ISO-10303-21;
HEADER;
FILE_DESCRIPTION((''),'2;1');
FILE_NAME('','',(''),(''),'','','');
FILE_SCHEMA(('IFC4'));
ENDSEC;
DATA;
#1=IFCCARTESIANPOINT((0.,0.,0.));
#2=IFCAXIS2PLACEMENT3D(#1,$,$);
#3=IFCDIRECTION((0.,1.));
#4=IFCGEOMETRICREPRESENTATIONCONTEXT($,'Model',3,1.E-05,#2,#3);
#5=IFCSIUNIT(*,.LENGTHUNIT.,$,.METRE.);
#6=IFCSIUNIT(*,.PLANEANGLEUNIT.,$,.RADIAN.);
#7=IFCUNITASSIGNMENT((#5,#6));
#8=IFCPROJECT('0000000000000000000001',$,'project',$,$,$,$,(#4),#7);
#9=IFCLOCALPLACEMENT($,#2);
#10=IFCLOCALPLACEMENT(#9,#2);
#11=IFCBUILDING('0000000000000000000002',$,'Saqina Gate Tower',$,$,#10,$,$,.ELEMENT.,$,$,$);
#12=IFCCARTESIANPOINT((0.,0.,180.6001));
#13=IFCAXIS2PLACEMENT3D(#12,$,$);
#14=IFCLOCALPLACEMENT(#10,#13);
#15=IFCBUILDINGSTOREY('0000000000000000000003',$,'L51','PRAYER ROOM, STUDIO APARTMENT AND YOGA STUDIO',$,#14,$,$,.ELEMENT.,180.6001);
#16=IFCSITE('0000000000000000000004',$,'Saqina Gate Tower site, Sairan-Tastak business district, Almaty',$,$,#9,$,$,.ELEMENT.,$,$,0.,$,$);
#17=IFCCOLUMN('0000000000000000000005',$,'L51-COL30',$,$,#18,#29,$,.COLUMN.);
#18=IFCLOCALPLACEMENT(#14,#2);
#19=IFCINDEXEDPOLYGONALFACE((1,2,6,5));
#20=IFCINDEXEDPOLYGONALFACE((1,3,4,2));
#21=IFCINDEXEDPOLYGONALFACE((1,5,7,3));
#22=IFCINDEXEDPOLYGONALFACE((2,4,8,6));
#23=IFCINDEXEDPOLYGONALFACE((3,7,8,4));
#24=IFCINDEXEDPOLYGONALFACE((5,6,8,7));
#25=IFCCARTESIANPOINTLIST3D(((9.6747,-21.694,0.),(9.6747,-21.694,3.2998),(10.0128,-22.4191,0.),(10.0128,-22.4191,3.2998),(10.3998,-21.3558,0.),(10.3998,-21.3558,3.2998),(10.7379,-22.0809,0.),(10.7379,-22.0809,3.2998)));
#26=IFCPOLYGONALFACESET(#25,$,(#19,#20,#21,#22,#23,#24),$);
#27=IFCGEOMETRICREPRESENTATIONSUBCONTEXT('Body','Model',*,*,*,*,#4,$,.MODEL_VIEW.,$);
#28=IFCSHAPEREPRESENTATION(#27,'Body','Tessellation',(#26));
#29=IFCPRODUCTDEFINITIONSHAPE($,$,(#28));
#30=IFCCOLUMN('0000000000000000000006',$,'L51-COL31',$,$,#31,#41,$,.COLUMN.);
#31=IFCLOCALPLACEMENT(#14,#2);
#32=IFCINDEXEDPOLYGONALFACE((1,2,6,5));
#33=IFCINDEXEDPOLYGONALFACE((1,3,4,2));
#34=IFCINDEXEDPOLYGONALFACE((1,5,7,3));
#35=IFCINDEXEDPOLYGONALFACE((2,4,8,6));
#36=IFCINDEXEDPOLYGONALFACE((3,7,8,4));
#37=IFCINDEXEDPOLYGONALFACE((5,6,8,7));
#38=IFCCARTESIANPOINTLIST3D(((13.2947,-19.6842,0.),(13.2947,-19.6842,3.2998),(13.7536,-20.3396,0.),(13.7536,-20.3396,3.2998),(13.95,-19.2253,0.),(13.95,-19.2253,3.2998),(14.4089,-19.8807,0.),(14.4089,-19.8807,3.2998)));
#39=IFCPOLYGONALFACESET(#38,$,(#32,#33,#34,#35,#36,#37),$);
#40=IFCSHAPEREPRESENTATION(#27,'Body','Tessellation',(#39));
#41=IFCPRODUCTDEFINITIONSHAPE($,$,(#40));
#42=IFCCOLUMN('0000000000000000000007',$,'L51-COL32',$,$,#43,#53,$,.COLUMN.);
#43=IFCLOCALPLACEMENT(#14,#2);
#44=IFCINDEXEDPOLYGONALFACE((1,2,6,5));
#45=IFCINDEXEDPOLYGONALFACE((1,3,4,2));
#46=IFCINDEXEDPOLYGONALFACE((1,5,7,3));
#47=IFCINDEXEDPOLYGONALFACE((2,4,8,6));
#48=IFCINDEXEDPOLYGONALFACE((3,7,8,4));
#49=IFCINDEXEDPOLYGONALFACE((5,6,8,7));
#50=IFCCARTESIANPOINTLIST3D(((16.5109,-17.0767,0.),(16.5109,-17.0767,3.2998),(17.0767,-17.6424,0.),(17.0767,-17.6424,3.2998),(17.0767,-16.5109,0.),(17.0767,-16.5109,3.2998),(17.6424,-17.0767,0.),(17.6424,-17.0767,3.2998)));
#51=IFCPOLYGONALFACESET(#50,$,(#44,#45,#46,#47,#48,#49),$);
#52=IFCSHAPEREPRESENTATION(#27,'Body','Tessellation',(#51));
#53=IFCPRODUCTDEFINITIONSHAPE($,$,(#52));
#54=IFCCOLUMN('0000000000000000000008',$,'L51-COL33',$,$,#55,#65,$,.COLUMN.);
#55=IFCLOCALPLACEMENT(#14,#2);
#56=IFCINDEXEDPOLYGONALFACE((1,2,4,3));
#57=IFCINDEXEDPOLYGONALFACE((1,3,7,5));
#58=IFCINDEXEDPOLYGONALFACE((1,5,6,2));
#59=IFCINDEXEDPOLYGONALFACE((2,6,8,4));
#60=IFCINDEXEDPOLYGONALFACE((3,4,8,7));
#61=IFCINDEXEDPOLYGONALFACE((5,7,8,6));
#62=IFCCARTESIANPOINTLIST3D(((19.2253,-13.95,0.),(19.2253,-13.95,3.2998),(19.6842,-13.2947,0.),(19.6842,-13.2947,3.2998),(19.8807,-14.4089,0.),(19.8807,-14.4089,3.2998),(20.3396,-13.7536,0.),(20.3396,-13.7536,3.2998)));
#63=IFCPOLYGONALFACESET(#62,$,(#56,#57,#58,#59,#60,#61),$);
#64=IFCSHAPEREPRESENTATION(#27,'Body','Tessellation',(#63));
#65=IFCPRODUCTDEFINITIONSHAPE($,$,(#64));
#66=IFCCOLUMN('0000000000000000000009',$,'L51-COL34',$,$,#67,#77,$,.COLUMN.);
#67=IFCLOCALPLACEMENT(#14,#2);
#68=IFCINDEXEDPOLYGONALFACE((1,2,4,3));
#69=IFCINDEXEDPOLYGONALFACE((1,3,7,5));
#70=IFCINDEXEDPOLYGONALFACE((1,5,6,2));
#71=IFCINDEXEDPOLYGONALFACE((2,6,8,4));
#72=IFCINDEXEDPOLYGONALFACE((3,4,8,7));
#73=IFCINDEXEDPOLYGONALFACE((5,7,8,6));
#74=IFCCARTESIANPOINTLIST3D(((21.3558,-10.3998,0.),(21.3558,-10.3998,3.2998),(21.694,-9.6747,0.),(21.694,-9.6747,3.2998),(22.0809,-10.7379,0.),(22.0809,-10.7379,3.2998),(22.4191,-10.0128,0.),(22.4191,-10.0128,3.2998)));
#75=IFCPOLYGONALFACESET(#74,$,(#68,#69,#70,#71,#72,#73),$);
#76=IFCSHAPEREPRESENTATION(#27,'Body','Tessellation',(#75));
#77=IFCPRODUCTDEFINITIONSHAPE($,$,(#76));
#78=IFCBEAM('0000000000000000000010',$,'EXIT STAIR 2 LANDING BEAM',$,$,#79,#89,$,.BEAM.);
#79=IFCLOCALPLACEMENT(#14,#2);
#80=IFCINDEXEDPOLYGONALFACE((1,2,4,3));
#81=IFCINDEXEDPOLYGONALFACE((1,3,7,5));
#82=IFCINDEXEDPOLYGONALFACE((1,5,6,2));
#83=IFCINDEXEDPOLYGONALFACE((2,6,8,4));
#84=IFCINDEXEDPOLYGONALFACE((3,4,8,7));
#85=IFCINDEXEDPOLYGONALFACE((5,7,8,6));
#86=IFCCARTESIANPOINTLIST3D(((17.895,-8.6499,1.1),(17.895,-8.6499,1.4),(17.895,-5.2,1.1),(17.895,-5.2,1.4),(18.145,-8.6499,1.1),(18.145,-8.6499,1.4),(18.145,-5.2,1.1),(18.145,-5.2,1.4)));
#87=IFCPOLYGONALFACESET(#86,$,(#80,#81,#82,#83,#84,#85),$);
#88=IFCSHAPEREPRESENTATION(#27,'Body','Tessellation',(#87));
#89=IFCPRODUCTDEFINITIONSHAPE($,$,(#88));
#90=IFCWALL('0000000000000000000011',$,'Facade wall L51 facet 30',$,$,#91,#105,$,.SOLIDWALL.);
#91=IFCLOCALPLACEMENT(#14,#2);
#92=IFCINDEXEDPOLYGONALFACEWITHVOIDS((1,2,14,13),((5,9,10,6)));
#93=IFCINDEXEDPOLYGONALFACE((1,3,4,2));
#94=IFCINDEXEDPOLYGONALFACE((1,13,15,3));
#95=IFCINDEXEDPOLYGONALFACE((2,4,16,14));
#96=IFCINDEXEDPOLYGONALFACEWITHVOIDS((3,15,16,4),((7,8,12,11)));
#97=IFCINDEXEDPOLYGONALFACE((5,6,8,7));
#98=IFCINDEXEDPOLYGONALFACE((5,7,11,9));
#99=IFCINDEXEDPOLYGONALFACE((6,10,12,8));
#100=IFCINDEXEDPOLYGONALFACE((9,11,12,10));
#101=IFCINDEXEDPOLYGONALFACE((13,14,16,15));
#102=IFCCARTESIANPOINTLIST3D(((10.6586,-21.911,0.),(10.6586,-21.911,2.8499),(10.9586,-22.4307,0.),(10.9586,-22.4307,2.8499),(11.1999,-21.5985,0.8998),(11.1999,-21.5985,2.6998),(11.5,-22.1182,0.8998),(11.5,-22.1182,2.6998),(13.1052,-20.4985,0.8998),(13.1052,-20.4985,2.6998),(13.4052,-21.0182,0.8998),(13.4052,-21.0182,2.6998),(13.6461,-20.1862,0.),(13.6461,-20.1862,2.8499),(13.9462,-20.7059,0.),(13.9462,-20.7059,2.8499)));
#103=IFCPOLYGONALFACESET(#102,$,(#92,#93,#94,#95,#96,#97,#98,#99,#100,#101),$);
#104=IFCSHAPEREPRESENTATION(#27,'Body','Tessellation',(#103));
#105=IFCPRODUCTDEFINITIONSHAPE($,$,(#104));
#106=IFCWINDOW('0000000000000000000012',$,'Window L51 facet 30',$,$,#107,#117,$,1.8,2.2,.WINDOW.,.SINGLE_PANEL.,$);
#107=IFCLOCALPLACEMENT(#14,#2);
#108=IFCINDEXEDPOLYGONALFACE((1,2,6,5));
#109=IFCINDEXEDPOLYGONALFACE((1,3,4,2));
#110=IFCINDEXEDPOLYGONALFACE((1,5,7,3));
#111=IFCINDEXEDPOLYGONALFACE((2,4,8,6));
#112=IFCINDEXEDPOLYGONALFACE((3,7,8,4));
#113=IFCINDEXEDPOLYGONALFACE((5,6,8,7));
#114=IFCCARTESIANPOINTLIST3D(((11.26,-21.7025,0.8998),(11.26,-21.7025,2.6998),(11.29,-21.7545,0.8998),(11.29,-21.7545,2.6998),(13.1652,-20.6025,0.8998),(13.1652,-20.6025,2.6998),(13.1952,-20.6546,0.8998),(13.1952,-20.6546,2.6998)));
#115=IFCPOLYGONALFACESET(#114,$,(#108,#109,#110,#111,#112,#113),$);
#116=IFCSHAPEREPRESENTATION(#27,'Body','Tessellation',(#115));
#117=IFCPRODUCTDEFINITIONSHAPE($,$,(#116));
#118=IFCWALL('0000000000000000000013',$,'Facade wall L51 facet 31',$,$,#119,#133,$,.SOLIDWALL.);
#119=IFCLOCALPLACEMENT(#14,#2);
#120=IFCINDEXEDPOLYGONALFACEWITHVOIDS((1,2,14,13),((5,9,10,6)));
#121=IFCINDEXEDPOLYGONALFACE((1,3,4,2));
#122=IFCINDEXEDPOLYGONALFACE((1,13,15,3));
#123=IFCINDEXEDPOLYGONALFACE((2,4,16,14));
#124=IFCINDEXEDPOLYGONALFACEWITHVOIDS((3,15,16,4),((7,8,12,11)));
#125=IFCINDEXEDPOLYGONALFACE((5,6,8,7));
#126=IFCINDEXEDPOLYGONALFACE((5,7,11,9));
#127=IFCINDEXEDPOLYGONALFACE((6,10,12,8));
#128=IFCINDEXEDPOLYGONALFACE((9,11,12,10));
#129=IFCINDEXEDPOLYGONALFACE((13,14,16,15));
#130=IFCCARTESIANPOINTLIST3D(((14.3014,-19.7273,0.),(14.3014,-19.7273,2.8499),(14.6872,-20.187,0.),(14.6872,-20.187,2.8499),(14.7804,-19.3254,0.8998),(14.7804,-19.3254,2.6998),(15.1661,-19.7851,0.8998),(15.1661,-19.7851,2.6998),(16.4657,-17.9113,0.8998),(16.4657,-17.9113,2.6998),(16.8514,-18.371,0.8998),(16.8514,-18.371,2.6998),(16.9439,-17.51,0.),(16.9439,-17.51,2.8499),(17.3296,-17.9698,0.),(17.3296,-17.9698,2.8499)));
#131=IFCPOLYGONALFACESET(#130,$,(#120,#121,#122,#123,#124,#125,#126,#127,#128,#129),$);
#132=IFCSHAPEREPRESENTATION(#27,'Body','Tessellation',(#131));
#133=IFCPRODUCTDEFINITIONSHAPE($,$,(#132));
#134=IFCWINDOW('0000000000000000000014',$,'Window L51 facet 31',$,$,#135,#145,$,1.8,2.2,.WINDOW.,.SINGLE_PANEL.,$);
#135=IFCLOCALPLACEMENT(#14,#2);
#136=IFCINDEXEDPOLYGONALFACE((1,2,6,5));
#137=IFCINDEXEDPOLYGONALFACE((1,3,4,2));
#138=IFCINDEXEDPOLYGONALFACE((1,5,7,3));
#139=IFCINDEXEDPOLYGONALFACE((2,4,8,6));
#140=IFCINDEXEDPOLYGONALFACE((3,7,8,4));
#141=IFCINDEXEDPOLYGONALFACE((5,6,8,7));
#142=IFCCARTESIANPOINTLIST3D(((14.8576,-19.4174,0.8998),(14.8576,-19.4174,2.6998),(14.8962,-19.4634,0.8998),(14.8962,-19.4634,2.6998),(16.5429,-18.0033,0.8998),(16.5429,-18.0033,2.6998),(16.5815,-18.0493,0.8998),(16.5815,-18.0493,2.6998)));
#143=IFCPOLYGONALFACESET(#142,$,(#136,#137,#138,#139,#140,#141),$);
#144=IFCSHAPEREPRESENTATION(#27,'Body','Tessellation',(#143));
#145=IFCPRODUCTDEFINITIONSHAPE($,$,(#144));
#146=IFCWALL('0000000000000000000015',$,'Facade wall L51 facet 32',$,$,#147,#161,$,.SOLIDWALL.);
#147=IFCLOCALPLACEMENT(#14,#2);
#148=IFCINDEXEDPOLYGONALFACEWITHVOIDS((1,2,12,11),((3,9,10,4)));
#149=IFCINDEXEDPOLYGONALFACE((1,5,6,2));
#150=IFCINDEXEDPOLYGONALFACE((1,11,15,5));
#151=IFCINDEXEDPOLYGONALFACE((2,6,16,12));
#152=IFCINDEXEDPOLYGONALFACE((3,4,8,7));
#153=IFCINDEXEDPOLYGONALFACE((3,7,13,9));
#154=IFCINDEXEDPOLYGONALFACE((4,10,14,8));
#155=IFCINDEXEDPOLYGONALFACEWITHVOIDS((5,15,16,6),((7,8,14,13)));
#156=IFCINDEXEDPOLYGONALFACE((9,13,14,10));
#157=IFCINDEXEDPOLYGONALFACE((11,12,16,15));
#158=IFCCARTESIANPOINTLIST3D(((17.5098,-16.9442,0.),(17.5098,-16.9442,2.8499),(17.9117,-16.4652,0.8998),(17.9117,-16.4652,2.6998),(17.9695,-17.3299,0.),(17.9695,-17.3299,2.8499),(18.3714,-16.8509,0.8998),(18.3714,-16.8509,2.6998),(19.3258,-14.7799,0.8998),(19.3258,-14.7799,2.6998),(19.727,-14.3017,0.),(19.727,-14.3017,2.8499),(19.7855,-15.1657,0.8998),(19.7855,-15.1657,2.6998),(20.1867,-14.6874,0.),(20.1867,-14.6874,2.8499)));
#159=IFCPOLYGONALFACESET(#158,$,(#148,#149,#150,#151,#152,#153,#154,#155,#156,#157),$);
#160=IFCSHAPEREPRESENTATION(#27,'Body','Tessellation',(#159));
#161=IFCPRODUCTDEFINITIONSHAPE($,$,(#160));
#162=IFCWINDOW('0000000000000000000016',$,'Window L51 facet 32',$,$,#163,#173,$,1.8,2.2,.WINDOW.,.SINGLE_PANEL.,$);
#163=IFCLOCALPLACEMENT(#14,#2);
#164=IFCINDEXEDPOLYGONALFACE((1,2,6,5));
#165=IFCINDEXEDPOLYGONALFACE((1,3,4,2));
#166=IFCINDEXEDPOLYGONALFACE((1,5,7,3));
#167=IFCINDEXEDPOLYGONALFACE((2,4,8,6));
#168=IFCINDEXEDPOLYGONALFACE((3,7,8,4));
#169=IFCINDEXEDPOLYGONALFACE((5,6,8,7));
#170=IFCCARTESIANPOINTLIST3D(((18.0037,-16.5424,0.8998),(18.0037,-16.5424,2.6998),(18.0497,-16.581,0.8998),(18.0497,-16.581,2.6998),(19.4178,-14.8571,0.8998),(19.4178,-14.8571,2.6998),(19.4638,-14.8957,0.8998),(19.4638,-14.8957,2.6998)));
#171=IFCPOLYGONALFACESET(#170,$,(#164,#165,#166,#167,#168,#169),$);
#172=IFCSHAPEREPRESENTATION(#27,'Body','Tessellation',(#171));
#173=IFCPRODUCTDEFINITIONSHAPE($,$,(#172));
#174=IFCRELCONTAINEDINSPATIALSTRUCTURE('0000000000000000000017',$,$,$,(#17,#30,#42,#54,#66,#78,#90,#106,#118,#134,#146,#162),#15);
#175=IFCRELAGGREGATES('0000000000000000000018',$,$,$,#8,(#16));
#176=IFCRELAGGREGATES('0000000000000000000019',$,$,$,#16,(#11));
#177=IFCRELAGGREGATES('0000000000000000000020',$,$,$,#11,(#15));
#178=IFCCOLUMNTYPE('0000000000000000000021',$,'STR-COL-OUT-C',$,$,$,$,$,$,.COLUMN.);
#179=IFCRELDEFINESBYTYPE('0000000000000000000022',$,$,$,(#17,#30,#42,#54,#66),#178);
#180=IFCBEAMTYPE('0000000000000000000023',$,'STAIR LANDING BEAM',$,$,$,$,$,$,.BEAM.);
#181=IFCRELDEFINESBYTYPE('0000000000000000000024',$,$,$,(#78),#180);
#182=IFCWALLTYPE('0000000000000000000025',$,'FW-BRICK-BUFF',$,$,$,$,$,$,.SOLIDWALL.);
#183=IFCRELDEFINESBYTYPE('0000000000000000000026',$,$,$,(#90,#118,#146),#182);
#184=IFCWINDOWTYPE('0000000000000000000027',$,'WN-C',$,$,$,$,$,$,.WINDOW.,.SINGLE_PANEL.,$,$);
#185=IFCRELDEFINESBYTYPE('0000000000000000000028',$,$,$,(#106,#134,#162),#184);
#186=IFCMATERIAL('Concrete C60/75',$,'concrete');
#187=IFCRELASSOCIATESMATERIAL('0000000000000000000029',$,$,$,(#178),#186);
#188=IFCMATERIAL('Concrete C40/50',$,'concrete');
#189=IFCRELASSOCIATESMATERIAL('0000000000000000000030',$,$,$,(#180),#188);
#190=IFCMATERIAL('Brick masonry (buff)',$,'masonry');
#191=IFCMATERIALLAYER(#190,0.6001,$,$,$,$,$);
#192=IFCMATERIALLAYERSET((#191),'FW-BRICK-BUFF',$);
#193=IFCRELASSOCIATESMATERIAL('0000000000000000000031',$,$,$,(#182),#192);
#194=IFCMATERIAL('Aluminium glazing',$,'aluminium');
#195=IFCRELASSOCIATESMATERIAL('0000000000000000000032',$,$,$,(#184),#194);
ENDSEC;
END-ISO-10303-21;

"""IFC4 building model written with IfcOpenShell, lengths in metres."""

from ifc_helpers import new_model, si_unit, direction, frame, frame_2d, origin, origin_2d, place, context, subcontext, project, spatial, rectangle, extrude, material, layer, layer_set, material_profile, profile_set, type_object, element, fill, save


model = new_model("IFC4")

# Units and contexts
model_context = context("Model", 3, precision=1e-05, world=origin(), true_north=direction((0.0, 1.0)))
body_context = subcontext(model_context, "Body", "Model", "MODEL_VIEW")
ifc_project = project(units=[si_unit("LENGTHUNIT", "METRE"), si_unit("PLANEANGLEUNIT", "RADIAN")], contexts=[model_context])

# Site, building, storey
site_placement = place(None, origin())
site = spatial("IfcSite", under=ifc_project, at=site_placement, Name="Saqina Gate Tower site, Sairan-Tastak business district, Almaty", CompositionType="ELEMENT", RefElevation=0.0)
building_placement = place(site_placement, origin())
building = spatial("IfcBuilding", under=site, at=building_placement, Name="Saqina Gate Tower", CompositionType="ELEMENT")
storey_placement = place(building_placement, frame((0.0, 0.0, 180.6001)))
storey = spatial("IfcBuildingStorey", under=building, at=storey_placement, Name="L51", Description="PRAYER ROOM, STUDIO APARTMENT AND YOGA STUDIO", CompositionType="ELEMENT", Elevation=180.6001)

# Columns
ifc_material_1 = material(Name="Concrete C60/75", Category="concrete")
ifc_material_profile_1 = material_profile(ifc_material_1, rectangle(XDim=0.8, YDim=0.8, at=origin_2d()), Name="RC 800x800")
ifc_profile_set_1 = profile_set([ifc_material_profile_1], Name="Concrete C60/75")
column_type = type_object("IfcColumnType", Name="STR-COL-OUT-C", PredefinedType="COLUMN", material=ifc_profile_set_1)
for number, where, z_axis, x_axis, name in (
    (1, (10.2063, -21.8875, 0.0), (0.0, 0.0, 1.0), (0.422618, -0.906308, 0.0), "L51-COL30"),
    (2, (13.8518, -19.7825, 0.0), (0.0, 0.0, 1.0), (0.573576, -0.819152, 0.0), "L51-COL31"),
    (3, (17.0767, -17.0767, 0.0), (0.0, 0.0, 1.0), (0.707107, -0.707107, 0.0), "L51-COL32"),
    (4, (19.7825, -13.8518, 0.0), (0.0, 0.0, 1.0), (0.819152, -0.573576, 0.0), "L51-COL33"),
    (5, (21.8875, -10.2063, 0.0), (0.0, 0.0, 1.0), (0.906308, -0.422618, 0.0), "L51-COL34"),
):
    element("IfcColumn", number, at=place(storey_placement, frame(where, z_axis=z_axis, x_axis=x_axis)), inside=storey, type_object=column_type, Name=name, PredefinedType="COLUMN", context=body_context, shape_type="SweptSolid", body=[
        extrude(rectangle(XDim=0.8, YDim=0.8, at=origin_2d()), origin(), (0.0, 0.0, 1.0), 3.2998),
    ])

# Beam
ifc_material_2 = material(Name="Concrete C40/50", Category="concrete")
ifc_material_profile_2 = material_profile(ifc_material_2, rectangle(XDim=0.25, YDim=0.3, at=origin_2d()), Name="STAIR LANDING BEAM")
ifc_profile_set_2 = profile_set([ifc_material_profile_2], Name="Concrete C40/50")
beam_type = type_object("IfcBeamType", Name="STAIR LANDING BEAM", PredefinedType="BEAM", material=ifc_profile_set_2)
beam_placement = place(storey_placement, frame((18.02, -8.6499, 1.25), z_axis=(0.0, 1.0, 0.0), x_axis=(-1.0, 0.0, 0.0)))
element("IfcBeam", 6, at=beam_placement, inside=storey, type_object=beam_type, Name="EXIT STAIR 2 LANDING BEAM", PredefinedType="BEAM", context=body_context, shape_type="SweptSolid", body=[
    extrude(rectangle(XDim=0.25, YDim=0.3, at=origin_2d()), origin(), (0.0, 0.0, 1.0), 3.45),
])

# Walls, openings, windows
ifc_material_3 = material(Name="Brick masonry (buff)", Category="masonry")
ifc_layer_1 = layer(ifc_material_3, 0.6001)
ifc_layer_set_1 = layer_set([ifc_layer_1], Name="FW-BRICK-BUFF")
wall_type_1 = type_object("IfcWallType", Name="FW-BRICK-BUFF", PredefinedType="SOLIDWALL", material=ifc_layer_set_1)
wall_1_placement = place(storey_placement, frame((10.8086, -22.1709, 0.0), z_axis=(0.0, 0.0, 1.0), x_axis=(0.866026, 0.499998, 0.0)))
wall_1 = element("IfcWall", 7, at=wall_1_placement, inside=storey, type_object=wall_type_1, Name="Facade wall L51 facet 30", PredefinedType="SOLIDWALL", context=body_context, shape_type="SweptSolid", body=[
    extrude(rectangle(XDim=3.4497, YDim=0.6001, at=frame_2d((1.7249, 0.0))), origin(), (0.0, 0.0, 1.0), 2.8499),
])
opening_1_placement = place(wall_1_placement, frame((0.625, 0.0, 0.8999)))
opening_1 = element("IfcOpeningElement", 8, at=opening_1_placement, cuts=wall_1, PredefinedType="OPENING", context=body_context, shape_type="SweptSolid", body=[
    extrude(rectangle(XDim=2.2, YDim=1.8, at=frame_2d((1.1001, 0.8999))), frame((0.0, 0.312, 0.0), z_axis=(0.0, -1.0, 0.0), x_axis=(1.0, 0.0, 0.0)), (0.0, 0.0, 1.0), 0.624),
])
ifc_material_4 = material(Name="Aluminium glazing", Category="aluminium")
window_type = type_object("IfcWindowType", Name="WN-C", PartitioningType="SINGLE_PANEL", PredefinedType="WINDOW", material=ifc_material_4)
window_1_placement = place(opening_1_placement, origin())
window_1 = element("IfcWindow", 9, at=window_1_placement, inside=storey, type_object=window_type, Name="Window L51 facet 30", OverallHeight=1.8, OverallWidth=2.2, PartitioningType="SINGLE_PANEL", PredefinedType="WINDOW", context=body_context, shape_type="SweptSolid", body=[
    extrude(rectangle(XDim=2.2, YDim=1.8, at=frame_2d((1.1001, 0.8999))), frame((0.0, 0.1799, 0.0), z_axis=(0.0, -1.0, 0.0), x_axis=(1.0, 0.0, 0.0)), (0.0, 0.0, 1.0), 0.0601),
])
fill(opening_1, window_1)
wall_2_placement = place(storey_placement, frame((14.4944, -19.957, 0.0), z_axis=(0.0, 0.0, 1.0), x_axis=(0.766059, 0.64277, 0.0)))
wall_2 = element("IfcWall", 10, at=wall_2_placement, inside=storey, type_object=wall_type_1, Name="Facade wall L51 facet 31", PredefinedType="SOLIDWALL", context=body_context, shape_type="SweptSolid", body=[
    extrude(rectangle(XDim=3.4495, YDim=0.6001, at=frame_2d((1.7246, 0.0))), origin(), (0.0, 0.0, 1.0), 2.8499),
])
opening_2_placement = place(wall_2_placement, frame((0.625, 0.0, 0.8999)))
opening_2 = element("IfcOpeningElement", 11, at=opening_2_placement, cuts=wall_2, PredefinedType="OPENING", context=body_context, shape_type="SweptSolid", body=[
    extrude(rectangle(XDim=2.2, YDim=1.8, at=frame_2d((1.1001, 0.8999))), frame((0.0, 0.312, 0.0), z_axis=(0.0, -1.0, 0.0), x_axis=(1.0, 0.0, 0.0)), (0.0, 0.0, 1.0), 0.624),
])
window_2_placement = place(opening_2_placement, origin())
window_2 = element("IfcWindow", 12, at=window_2_placement, inside=storey, type_object=window_type, Name="Window L51 facet 31", OverallHeight=1.8, OverallWidth=2.2, PartitioningType="SINGLE_PANEL", PredefinedType="WINDOW", context=body_context, shape_type="SweptSolid", body=[
    extrude(rectangle(XDim=2.2, YDim=1.8, at=frame_2d((1.1001, 0.8999))), frame((0.0, 0.1799, 0.0), z_axis=(0.0, -1.0, 0.0), x_axis=(1.0, 0.0, 0.0)), (0.0, 0.0, 1.0), 0.0601),
])
fill(opening_2, window_2)
wall_3_placement = place(storey_placement, frame((17.7397, -17.137, 0.0), z_axis=(0.0, 0.0, 1.0), x_axis=(0.64277, 0.766059, 0.0)))
wall_3 = element("IfcWall", 13, at=wall_3_placement, inside=storey, type_object=wall_type_1, Name="Facade wall L51 facet 32", PredefinedType="SOLIDWALL", context=body_context, shape_type="SweptSolid", body=[
    extrude(rectangle(XDim=3.4495, YDim=0.6001, at=frame_2d((1.7246, 0.0))), origin(), (0.0, 0.0, 1.0), 2.8499),
])
opening_3_placement = place(wall_3_placement, frame((0.625, 0.0, 0.8999)))
opening_3 = element("IfcOpeningElement", 14, at=opening_3_placement, cuts=wall_3, PredefinedType="OPENING", context=body_context, shape_type="SweptSolid", body=[
    extrude(rectangle(XDim=2.2, YDim=1.8, at=frame_2d((1.1001, 0.8999))), frame((0.0, 0.312, 0.0), z_axis=(0.0, -1.0, 0.0), x_axis=(1.0, 0.0, 0.0)), (0.0, 0.0, 1.0), 0.624),
])
window_3_placement = place(opening_3_placement, origin())
window_3 = element("IfcWindow", 15, at=window_3_placement, inside=storey, type_object=window_type, Name="Window L51 facet 32", OverallHeight=1.8, OverallWidth=2.2, PartitioningType="SINGLE_PANEL", PredefinedType="WINDOW", context=body_context, shape_type="SweptSolid", body=[
    extrude(rectangle(XDim=2.2, YDim=1.8, at=frame_2d((1.1001, 0.8999))), frame((0.0, 0.1799, 0.0), z_axis=(0.0, -1.0, 0.0), x_axis=(1.0, 0.0, 0.0)), (0.0, 0.0, 1.0), 0.0601),
])
fill(opening_3, window_3)

save(model, "model.ifc")
